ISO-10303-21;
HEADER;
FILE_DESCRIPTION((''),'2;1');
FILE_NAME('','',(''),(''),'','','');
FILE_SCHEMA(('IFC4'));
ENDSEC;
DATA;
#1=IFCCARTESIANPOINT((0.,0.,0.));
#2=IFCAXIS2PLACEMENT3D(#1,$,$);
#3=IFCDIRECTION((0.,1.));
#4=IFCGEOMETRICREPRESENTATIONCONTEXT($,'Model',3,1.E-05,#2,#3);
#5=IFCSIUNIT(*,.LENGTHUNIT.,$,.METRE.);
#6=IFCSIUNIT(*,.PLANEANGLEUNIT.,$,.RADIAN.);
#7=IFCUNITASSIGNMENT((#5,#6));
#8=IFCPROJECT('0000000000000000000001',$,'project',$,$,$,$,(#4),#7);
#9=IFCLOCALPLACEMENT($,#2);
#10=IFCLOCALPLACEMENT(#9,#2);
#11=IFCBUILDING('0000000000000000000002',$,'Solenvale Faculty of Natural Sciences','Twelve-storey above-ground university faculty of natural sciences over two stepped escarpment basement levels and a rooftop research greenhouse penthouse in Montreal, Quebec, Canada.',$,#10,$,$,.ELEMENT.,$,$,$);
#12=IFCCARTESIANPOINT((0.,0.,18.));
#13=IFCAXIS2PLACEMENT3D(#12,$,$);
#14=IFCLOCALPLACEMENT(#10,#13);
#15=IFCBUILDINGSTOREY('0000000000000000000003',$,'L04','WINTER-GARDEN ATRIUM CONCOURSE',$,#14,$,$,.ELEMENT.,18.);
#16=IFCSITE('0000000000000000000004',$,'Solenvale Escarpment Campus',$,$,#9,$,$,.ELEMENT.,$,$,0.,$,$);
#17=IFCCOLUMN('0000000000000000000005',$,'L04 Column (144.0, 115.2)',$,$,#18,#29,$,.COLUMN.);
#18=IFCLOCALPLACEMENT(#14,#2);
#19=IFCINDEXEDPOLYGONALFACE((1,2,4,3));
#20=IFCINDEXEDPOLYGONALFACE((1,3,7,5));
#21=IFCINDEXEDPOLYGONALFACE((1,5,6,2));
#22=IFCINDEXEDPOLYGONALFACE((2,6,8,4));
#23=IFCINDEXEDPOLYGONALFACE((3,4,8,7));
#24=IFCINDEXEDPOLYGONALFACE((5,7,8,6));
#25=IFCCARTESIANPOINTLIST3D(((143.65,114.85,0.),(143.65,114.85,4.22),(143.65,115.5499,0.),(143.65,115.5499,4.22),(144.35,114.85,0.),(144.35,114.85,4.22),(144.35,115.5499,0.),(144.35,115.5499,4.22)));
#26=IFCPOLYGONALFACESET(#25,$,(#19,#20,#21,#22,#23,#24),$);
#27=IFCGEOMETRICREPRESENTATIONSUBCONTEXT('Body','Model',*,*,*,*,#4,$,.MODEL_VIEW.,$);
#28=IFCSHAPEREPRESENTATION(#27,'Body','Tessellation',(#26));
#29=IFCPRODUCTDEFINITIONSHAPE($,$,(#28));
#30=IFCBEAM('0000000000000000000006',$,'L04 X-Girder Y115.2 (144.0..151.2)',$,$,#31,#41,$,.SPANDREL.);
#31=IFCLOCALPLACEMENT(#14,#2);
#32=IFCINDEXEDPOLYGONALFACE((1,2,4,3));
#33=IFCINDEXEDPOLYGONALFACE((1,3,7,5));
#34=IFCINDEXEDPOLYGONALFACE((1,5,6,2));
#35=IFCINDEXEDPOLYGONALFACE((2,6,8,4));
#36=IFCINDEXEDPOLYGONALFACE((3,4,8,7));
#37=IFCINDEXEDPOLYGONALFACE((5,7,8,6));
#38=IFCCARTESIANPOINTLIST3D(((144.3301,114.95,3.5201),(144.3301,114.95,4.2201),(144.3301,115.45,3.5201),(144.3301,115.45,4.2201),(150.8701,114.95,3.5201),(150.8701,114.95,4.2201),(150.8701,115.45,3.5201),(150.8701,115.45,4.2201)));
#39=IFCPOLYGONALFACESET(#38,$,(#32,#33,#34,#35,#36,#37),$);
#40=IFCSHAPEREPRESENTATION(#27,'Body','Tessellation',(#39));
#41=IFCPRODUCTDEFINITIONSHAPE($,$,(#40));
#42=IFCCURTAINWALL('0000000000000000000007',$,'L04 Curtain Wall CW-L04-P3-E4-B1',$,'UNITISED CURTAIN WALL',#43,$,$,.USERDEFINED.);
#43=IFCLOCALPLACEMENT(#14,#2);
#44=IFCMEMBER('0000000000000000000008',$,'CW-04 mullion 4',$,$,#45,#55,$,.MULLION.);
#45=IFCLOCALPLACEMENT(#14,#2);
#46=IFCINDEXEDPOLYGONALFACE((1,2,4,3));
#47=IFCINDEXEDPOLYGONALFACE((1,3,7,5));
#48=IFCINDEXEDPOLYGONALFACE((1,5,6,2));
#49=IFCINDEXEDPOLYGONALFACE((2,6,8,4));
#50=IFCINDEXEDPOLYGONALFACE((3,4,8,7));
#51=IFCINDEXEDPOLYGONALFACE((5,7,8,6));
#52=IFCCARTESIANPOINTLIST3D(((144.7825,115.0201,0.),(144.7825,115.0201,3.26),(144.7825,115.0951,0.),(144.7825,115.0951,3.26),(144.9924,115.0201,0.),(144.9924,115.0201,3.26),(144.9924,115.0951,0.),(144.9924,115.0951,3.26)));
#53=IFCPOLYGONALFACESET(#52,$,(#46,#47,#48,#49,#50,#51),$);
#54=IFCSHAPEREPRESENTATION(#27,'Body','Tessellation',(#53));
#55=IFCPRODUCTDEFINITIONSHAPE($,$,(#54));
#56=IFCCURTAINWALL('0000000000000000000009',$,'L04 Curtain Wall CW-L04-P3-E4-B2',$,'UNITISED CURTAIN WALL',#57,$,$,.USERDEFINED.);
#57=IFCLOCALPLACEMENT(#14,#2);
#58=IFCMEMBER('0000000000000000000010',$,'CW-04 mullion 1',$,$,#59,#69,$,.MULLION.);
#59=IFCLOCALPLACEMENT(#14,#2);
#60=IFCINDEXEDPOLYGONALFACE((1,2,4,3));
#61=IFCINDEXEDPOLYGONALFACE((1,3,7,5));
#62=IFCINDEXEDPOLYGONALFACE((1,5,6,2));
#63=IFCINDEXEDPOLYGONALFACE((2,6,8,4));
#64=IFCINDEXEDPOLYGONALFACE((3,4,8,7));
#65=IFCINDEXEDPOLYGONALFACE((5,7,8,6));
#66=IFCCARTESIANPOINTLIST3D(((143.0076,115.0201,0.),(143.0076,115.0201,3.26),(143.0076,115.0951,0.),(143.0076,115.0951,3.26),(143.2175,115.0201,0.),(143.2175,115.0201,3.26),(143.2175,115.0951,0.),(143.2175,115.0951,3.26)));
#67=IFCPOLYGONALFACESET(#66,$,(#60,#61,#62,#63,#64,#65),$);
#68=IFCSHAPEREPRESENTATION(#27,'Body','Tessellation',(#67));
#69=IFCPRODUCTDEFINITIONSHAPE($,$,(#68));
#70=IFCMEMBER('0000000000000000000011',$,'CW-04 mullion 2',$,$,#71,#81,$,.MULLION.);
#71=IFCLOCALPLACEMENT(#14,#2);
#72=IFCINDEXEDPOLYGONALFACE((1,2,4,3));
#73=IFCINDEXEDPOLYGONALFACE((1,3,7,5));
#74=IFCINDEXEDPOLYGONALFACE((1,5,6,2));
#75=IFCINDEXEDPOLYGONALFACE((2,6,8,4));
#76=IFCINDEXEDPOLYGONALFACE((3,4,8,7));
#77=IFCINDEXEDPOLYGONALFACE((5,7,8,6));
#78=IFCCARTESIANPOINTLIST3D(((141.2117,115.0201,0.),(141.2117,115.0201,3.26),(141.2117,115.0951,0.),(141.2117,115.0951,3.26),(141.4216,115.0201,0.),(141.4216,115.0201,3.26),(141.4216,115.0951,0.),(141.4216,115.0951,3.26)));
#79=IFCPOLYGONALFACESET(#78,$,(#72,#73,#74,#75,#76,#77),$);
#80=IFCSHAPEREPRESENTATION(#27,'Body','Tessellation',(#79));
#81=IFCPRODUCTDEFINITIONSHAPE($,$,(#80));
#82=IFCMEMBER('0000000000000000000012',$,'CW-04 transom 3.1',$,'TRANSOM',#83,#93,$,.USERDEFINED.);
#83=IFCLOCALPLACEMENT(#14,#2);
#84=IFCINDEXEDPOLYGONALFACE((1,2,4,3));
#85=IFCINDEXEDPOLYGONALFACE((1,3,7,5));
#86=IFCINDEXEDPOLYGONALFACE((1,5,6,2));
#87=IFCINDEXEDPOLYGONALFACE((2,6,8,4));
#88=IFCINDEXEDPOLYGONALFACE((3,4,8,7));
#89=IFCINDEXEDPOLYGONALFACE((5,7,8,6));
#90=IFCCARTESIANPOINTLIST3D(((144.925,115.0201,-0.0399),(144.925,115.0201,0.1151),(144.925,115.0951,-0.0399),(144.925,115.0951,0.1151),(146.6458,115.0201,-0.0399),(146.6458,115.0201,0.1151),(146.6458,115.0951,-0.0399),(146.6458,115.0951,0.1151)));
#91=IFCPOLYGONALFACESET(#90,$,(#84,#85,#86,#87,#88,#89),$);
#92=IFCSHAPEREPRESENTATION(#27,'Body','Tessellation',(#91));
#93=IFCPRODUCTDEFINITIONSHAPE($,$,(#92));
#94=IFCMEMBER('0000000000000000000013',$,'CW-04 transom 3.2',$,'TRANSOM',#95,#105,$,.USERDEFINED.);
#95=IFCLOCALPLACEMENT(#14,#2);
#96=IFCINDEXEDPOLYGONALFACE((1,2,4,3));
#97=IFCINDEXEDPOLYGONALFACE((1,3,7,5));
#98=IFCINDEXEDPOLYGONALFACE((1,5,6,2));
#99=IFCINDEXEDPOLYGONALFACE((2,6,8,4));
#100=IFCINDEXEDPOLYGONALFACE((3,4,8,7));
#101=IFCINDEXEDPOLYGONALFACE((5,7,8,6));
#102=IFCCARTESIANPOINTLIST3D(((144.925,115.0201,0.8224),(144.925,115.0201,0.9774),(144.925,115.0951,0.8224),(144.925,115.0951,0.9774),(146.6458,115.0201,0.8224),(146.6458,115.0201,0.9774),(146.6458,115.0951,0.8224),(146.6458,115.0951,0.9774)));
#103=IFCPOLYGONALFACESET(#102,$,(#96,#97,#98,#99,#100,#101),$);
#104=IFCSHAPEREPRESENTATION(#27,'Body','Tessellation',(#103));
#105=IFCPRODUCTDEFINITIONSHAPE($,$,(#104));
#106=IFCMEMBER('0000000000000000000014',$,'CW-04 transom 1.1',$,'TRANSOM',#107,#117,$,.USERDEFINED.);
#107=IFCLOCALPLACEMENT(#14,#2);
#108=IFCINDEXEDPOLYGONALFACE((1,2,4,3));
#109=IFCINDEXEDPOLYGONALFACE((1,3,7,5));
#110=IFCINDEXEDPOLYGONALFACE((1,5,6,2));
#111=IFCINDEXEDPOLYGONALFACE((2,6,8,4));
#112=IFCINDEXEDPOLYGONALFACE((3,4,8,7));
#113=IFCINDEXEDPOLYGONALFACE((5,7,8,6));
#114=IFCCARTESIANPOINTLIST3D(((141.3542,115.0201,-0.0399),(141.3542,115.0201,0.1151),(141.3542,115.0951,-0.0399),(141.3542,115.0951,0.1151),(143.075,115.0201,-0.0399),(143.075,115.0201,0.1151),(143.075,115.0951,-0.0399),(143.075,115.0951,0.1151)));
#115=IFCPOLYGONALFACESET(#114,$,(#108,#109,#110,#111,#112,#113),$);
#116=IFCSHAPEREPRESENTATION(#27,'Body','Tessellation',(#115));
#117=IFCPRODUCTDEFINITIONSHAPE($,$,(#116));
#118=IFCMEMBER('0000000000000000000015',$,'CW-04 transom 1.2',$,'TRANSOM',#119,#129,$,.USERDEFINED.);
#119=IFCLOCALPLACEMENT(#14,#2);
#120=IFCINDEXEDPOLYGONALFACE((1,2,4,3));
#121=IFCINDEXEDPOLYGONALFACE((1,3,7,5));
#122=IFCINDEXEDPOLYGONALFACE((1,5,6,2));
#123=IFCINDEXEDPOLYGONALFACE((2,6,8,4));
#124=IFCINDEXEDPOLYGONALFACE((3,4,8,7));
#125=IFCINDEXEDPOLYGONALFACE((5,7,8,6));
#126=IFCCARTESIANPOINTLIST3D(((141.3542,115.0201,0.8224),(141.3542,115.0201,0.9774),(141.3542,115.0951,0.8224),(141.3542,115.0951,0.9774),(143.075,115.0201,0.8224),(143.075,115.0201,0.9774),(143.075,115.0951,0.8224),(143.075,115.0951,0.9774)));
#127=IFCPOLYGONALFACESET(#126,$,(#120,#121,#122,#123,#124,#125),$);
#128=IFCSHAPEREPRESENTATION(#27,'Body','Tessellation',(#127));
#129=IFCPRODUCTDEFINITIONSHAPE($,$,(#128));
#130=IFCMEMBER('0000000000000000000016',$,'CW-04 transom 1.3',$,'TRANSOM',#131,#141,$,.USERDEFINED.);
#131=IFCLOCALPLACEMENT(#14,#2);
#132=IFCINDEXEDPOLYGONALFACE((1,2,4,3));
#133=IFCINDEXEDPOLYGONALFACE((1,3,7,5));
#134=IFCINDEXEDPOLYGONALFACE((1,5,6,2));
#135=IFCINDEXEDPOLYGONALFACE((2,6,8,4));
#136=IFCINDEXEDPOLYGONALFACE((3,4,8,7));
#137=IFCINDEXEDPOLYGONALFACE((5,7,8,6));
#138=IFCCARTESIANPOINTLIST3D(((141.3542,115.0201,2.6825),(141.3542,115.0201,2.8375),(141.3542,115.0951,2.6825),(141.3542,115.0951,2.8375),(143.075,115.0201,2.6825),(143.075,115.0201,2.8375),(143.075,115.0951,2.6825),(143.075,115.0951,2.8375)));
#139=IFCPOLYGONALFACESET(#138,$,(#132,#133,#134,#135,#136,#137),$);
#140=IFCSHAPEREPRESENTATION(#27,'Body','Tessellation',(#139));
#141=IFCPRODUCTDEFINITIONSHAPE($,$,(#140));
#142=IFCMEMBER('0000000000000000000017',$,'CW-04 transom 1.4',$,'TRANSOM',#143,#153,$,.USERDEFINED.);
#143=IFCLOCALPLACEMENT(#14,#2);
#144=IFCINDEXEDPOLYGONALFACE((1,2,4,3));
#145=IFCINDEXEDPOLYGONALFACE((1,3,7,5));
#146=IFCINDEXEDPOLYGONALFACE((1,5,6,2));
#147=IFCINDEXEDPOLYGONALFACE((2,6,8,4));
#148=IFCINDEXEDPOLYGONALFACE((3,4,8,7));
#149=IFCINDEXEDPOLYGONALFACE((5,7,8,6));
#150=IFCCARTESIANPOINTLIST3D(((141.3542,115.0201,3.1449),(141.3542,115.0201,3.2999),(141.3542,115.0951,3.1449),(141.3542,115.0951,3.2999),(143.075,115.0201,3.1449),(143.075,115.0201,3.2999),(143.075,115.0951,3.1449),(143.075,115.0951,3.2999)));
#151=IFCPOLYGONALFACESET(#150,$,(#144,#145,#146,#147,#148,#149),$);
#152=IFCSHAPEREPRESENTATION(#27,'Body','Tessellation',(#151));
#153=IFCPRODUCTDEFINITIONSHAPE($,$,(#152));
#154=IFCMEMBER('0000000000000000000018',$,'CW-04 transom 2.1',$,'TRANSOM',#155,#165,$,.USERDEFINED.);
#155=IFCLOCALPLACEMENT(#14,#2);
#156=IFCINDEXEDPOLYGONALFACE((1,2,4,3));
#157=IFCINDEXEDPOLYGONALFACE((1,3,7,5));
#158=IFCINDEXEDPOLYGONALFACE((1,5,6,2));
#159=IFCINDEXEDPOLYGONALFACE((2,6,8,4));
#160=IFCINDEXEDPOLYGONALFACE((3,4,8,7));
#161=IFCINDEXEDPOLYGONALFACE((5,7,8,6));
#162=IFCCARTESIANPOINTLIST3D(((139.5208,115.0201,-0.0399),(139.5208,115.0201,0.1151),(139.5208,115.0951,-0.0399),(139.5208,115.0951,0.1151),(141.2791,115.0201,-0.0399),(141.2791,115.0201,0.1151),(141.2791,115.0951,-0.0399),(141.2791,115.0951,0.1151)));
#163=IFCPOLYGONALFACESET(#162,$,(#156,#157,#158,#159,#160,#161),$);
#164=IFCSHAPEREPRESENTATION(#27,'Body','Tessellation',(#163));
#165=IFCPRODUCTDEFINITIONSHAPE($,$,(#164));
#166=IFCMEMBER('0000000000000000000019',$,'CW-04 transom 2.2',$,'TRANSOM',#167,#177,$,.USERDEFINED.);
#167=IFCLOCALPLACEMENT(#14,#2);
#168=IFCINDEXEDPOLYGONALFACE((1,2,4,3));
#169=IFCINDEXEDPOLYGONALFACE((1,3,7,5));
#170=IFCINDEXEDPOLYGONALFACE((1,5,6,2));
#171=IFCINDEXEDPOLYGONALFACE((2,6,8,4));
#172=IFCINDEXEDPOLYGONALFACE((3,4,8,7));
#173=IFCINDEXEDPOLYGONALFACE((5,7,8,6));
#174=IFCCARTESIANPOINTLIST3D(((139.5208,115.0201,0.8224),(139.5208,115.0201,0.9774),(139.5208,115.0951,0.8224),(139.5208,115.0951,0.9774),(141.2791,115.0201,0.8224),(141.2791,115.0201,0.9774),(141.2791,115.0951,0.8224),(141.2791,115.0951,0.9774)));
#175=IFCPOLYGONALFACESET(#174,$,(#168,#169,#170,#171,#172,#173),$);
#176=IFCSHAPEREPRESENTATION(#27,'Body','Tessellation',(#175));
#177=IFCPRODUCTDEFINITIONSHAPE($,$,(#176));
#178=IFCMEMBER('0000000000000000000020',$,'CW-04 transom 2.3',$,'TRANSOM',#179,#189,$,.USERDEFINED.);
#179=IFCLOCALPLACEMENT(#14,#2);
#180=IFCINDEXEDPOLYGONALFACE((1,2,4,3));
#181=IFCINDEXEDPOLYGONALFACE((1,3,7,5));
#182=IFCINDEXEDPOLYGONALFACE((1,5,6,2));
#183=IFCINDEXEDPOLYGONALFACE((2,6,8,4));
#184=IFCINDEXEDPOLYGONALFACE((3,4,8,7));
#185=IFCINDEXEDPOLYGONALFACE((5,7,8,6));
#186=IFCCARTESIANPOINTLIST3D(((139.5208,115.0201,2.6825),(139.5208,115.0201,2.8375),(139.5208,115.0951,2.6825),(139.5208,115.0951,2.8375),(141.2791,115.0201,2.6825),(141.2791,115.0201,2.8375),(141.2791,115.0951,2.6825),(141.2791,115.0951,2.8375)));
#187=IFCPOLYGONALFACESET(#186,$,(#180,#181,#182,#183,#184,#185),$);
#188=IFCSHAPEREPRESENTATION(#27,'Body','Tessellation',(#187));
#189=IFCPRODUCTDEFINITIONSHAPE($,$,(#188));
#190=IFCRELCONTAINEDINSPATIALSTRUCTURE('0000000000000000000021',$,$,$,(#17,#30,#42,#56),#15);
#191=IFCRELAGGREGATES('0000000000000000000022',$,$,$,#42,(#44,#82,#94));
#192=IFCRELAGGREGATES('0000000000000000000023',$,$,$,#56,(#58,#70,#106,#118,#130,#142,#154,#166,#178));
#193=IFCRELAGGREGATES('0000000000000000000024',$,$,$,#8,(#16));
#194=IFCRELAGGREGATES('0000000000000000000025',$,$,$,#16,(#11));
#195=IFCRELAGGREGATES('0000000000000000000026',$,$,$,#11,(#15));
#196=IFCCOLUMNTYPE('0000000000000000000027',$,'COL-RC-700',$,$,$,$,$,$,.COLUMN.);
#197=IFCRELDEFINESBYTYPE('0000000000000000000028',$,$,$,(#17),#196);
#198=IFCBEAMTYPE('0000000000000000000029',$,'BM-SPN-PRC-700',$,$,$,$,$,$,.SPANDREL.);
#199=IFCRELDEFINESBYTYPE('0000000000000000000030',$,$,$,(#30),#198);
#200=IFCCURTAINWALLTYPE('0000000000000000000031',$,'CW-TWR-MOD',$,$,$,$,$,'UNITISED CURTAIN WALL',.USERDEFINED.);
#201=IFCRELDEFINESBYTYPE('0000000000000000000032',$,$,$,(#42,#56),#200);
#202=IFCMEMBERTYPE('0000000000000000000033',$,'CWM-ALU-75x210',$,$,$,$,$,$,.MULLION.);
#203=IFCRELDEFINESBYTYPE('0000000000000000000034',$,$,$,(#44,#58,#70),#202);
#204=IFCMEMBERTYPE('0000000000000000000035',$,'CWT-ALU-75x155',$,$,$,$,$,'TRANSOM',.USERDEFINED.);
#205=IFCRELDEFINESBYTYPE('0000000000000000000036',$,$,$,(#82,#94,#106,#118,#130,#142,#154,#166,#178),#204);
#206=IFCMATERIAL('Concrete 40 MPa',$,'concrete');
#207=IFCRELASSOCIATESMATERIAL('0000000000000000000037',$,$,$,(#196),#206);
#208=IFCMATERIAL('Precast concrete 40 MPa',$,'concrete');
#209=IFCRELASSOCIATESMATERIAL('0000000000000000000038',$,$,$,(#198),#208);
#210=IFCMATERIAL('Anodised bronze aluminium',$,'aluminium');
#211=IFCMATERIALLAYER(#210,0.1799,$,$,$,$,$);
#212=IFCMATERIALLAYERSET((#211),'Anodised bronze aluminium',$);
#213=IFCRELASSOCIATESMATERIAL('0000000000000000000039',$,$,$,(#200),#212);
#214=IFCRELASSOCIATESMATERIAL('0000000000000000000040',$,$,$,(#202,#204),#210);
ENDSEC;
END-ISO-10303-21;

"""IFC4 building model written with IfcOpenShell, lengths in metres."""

from ifc_helpers import new_model, si_unit, direction, frame, origin, origin_2d, place, context, subcontext, project, spatial, rectangle, extrude, material, layer, layer_set, material_profile, profile_set, type_object, element, aggregate, save


model = new_model("IFC4")

# Units and contexts
model_context = context("Model", 3, precision=1e-05, world=origin(), true_north=direction((0.0, 1.0)))
body_context = subcontext(model_context, "Body", "Model", "MODEL_VIEW")
ifc_project = project(units=[si_unit("LENGTHUNIT", "METRE"), si_unit("PLANEANGLEUNIT", "RADIAN")], contexts=[model_context])

# Site, building, storey
site_placement = place(None, origin())
site = spatial("IfcSite", under=ifc_project, at=site_placement, Name="Solenvale Escarpment Campus", CompositionType="ELEMENT", RefElevation=0.0)
building_placement = place(site_placement, origin())
building = spatial("IfcBuilding", under=site, at=building_placement, Name="Solenvale Faculty of Natural Sciences", Description="Twelve-storey above-ground university faculty of natural sciences over two stepped escarpment basement levels and a rooftop research greenhouse penthouse in Montreal, Quebec, Canada.", CompositionType="ELEMENT")
storey_placement = place(building_placement, frame((0.0, 0.0, 18.0)))
storey = spatial("IfcBuildingStorey", under=building, at=storey_placement, Name="L04", Description="WINTER-GARDEN ATRIUM CONCOURSE", CompositionType="ELEMENT", Elevation=18.0)

# Column
ifc_material_1 = material(Name="Concrete 40 MPa", Category="concrete")
ifc_material_profile_1 = material_profile(ifc_material_1, rectangle(XDim=0.7, YDim=0.7, at=origin_2d()), Name="RC-COL-700x700")
ifc_profile_set_1 = profile_set([ifc_material_profile_1], Name="Concrete 40 MPa")
column_type = type_object("IfcColumnType", Name="COL-RC-700", PredefinedType="COLUMN", material=ifc_profile_set_1)
column_placement = place(storey_placement, frame((144.0, 115.2, 0.0), z_axis=(0.0, 0.0, 1.0), x_axis=(1.0, 0.0, 0.0)))
element("IfcColumn", 1, at=column_placement, inside=storey, type_object=column_type, Name="L04 Column (144.0, 115.2)", PredefinedType="COLUMN", context=body_context, shape_type="SweptSolid", body=[
    extrude(rectangle(XDim=0.7, YDim=0.7, at=origin_2d()), origin(), (0.0, 0.0, 1.0), 4.22),
])

# Beam
ifc_material_2 = material(Name="Precast concrete 40 MPa", Category="concrete")
ifc_material_profile_2 = material_profile(ifc_material_2, rectangle(XDim=0.5, YDim=0.7, at=origin_2d()), Name="RC-BM-500x700")
ifc_profile_set_2 = profile_set([ifc_material_profile_2], Name="Precast concrete 40 MPa")
beam_type = type_object("IfcBeamType", Name="BM-SPN-PRC-700", PredefinedType="SPANDREL", material=ifc_profile_set_2)
beam_placement = place(storey_placement, frame((144.3301, 115.2, 3.8701), z_axis=(1.0, 0.0, 0.0), x_axis=(0.0, 1.0, 0.0)))
element("IfcBeam", 2, at=beam_placement, inside=storey, type_object=beam_type, Name="L04 X-Girder Y115.2 (144.0..151.2)", PredefinedType="SPANDREL", context=body_context, shape_type="SweptSolid", body=[
    extrude(rectangle(XDim=0.5, YDim=0.7, at=origin_2d()), origin(), (0.0, 0.0, 1.0), 6.54),
])

# Curtain wall, member
ifc_material_3 = material(Name="Anodised bronze aluminium", Category="aluminium")
ifc_layer_1 = layer(ifc_material_3, 0.1799)
ifc_layer_set_1 = layer_set([ifc_layer_1], Name="Anodised bronze aluminium")
curtain_wall_type = type_object("IfcCurtainWallType", Name="CW-TWR-MOD", ElementType="UNITISED CURTAIN WALL", PredefinedType="USERDEFINED", material=ifc_layer_set_1)
curtain_wall_1_placement = place(storey_placement, origin())
curtain_wall_1 = element("IfcCurtainWall", 3, at=curtain_wall_1_placement, inside=storey, type_object=curtain_wall_type, Name="L04 Curtain Wall CW-L04-P3-E4-B1", ObjectType="UNITISED CURTAIN WALL", PredefinedType="USERDEFINED")
ifc_material_profile_3 = material_profile(ifc_material_3, rectangle(XDim=0.075, YDim=0.21, at=origin_2d()), Name="ALU-MUL-75x210")
ifc_profile_set_3 = profile_set([ifc_material_profile_3], Name="Anodised bronze aluminium")
member_type_1 = type_object("IfcMemberType", Name="CWM-ALU-75x210", PredefinedType="MULLION", material=ifc_profile_set_3)
member_1_placement = place(storey_placement, frame((144.8875, 115.0576, 0.0), z_axis=(0.0, 0.0, 1.0), x_axis=(0.0, -1.0, 0.0)))
member_1 = element("IfcMember", 4, at=member_1_placement, type_object=member_type_1, Name="CW-04 mullion 4", PredefinedType="MULLION", context=body_context, shape_type="SweptSolid", body=[
    extrude(rectangle(XDim=0.075, YDim=0.21, at=origin_2d()), origin(), (0.0, 0.0, 1.0), 3.26),
])

# Curtain wall, members
curtain_wall_2_placement = place(storey_placement, origin())
curtain_wall_2 = element("IfcCurtainWall", 5, at=curtain_wall_2_placement, inside=storey, type_object=curtain_wall_type, Name="L04 Curtain Wall CW-L04-P3-E4-B2", ObjectType="UNITISED CURTAIN WALL", PredefinedType="USERDEFINED")
member_2_placement = place(storey_placement, frame((143.1125, 115.0576, 0.0), z_axis=(0.0, 0.0, 1.0), x_axis=(0.0, -1.0, 0.0)))
member_2 = element("IfcMember", 6, at=member_2_placement, type_object=member_type_1, Name="CW-04 mullion 1", PredefinedType="MULLION", context=body_context, shape_type="SweptSolid", body=[
    extrude(rectangle(XDim=0.075, YDim=0.21, at=origin_2d()), origin(), (0.0, 0.0, 1.0), 3.26),
])
member_3_placement = place(storey_placement, frame((141.3167, 115.0576, 0.0), z_axis=(0.0, 0.0, 1.0), x_axis=(0.0, -1.0, 0.0)))
member_3 = element("IfcMember", 7, at=member_3_placement, type_object=member_type_1, Name="CW-04 mullion 2", PredefinedType="MULLION", context=body_context, shape_type="SweptSolid", body=[
    extrude(rectangle(XDim=0.075, YDim=0.21, at=origin_2d()), origin(), (0.0, 0.0, 1.0), 3.26),
])

# Members
ifc_material_profile_4 = material_profile(ifc_material_3, rectangle(XDim=0.075, YDim=0.155, at=origin_2d()), Name="ALU-TRN-75x155")
ifc_profile_set_4 = profile_set([ifc_material_profile_4], Name="Anodised bronze aluminium")
member_type_2 = type_object("IfcMemberType", Name="CWT-ALU-75x155", ElementType="TRANSOM", PredefinedType="USERDEFINED", material=ifc_profile_set_4)
member_4_placement = place(storey_placement, frame((146.6458, 115.0576, 0.0376), z_axis=(-1.0, 0.0, 0.0), x_axis=(0.0, -1.0, 0.0)))
member_4 = element("IfcMember", 8, at=member_4_placement, type_object=member_type_2, Name="CW-04 transom 3.1", ObjectType="TRANSOM", PredefinedType="USERDEFINED", context=body_context, shape_type="SweptSolid", body=[
    extrude(rectangle(XDim=0.075, YDim=0.155, at=origin_2d()), origin(), (0.0, 0.0, 1.0), 1.7207),
])
member_5_placement = place(storey_placement, frame((146.6458, 115.0576, 0.8999), z_axis=(-1.0, 0.0, 0.0), x_axis=(0.0, -1.0, 0.0)))
member_5 = element("IfcMember", 9, at=member_5_placement, type_object=member_type_2, Name="CW-04 transom 3.2", ObjectType="TRANSOM", PredefinedType="USERDEFINED", context=body_context, shape_type="SweptSolid", body=[
    extrude(rectangle(XDim=0.075, YDim=0.155, at=origin_2d()), origin(), (0.0, 0.0, 1.0), 1.7207),
])
member_6_placement = place(storey_placement, frame((143.075, 115.0576, 0.0376), z_axis=(-1.0, 0.0, 0.0), x_axis=(0.0, -1.0, 0.0)))
member_6 = element("IfcMember", 10, at=member_6_placement, type_object=member_type_2, Name="CW-04 transom 1.1", ObjectType="TRANSOM", PredefinedType="USERDEFINED", context=body_context, shape_type="SweptSolid", body=[
    extrude(rectangle(XDim=0.075, YDim=0.155, at=origin_2d()), origin(), (0.0, 0.0, 1.0), 1.7207),
])
member_7_placement = place(storey_placement, frame((143.075, 115.0576, 0.8999), z_axis=(-1.0, 0.0, 0.0), x_axis=(0.0, -1.0, 0.0)))
member_7 = element("IfcMember", 11, at=member_7_placement, type_object=member_type_2, Name="CW-04 transom 1.2", ObjectType="TRANSOM", PredefinedType="USERDEFINED", context=body_context, shape_type="SweptSolid", body=[
    extrude(rectangle(XDim=0.075, YDim=0.155, at=origin_2d()), origin(), (0.0, 0.0, 1.0), 1.7207),
])
member_8_placement = place(storey_placement, frame((143.075, 115.0576, 2.76), z_axis=(-1.0, 0.0, 0.0), x_axis=(0.0, -1.0, 0.0)))
member_8 = element("IfcMember", 12, at=member_8_placement, type_object=member_type_2, Name="CW-04 transom 1.3", ObjectType="TRANSOM", PredefinedType="USERDEFINED", context=body_context, shape_type="SweptSolid", body=[
    extrude(rectangle(XDim=0.075, YDim=0.155, at=origin_2d()), origin(), (0.0, 0.0, 1.0), 1.7207),
])
member_9_placement = place(storey_placement, frame((143.075, 115.0576, 3.2224), z_axis=(-1.0, 0.0, 0.0), x_axis=(0.0, -1.0, 0.0)))
member_9 = element("IfcMember", 13, at=member_9_placement, type_object=member_type_2, Name="CW-04 transom 1.4", ObjectType="TRANSOM", PredefinedType="USERDEFINED", context=body_context, shape_type="SweptSolid", body=[
    extrude(rectangle(XDim=0.075, YDim=0.155, at=origin_2d()), origin(), (0.0, 0.0, 1.0), 1.7207),
])
member_10_placement = place(storey_placement, frame((141.2791, 115.0576, 0.0376), z_axis=(-1.0, 0.0, 0.0), x_axis=(0.0, -1.0, 0.0)))
member_10 = element("IfcMember", 14, at=member_10_placement, type_object=member_type_2, Name="CW-04 transom 2.1", ObjectType="TRANSOM", PredefinedType="USERDEFINED", context=body_context, shape_type="SweptSolid", body=[
    extrude(rectangle(XDim=0.075, YDim=0.155, at=origin_2d()), origin(), (0.0, 0.0, 1.0), 1.7583),
])
member_11_placement = place(storey_placement, frame((141.2791, 115.0576, 0.8999), z_axis=(-1.0, 0.0, 0.0), x_axis=(0.0, -1.0, 0.0)))
member_11 = element("IfcMember", 15, at=member_11_placement, type_object=member_type_2, Name="CW-04 transom 2.2", ObjectType="TRANSOM", PredefinedType="USERDEFINED", context=body_context, shape_type="SweptSolid", body=[
    extrude(rectangle(XDim=0.075, YDim=0.155, at=origin_2d()), origin(), (0.0, 0.0, 1.0), 1.7583),
])
member_12_placement = place(storey_placement, frame((141.2791, 115.0576, 2.76), z_axis=(-1.0, 0.0, 0.0), x_axis=(0.0, -1.0, 0.0)))
member_12 = element("IfcMember", 16, at=member_12_placement, type_object=member_type_2, Name="CW-04 transom 2.3", ObjectType="TRANSOM", PredefinedType="USERDEFINED", context=body_context, shape_type="SweptSolid", body=[
    extrude(rectangle(XDim=0.075, YDim=0.155, at=origin_2d()), origin(), (0.0, 0.0, 1.0), 1.7583),
])

aggregate(curtain_wall_1, [member_1, member_4, member_5])
aggregate(curtain_wall_2, [member_2, member_3, member_6, member_7, member_8, member_9, member_10, member_11, member_12])

save(model, "model.ifc")
